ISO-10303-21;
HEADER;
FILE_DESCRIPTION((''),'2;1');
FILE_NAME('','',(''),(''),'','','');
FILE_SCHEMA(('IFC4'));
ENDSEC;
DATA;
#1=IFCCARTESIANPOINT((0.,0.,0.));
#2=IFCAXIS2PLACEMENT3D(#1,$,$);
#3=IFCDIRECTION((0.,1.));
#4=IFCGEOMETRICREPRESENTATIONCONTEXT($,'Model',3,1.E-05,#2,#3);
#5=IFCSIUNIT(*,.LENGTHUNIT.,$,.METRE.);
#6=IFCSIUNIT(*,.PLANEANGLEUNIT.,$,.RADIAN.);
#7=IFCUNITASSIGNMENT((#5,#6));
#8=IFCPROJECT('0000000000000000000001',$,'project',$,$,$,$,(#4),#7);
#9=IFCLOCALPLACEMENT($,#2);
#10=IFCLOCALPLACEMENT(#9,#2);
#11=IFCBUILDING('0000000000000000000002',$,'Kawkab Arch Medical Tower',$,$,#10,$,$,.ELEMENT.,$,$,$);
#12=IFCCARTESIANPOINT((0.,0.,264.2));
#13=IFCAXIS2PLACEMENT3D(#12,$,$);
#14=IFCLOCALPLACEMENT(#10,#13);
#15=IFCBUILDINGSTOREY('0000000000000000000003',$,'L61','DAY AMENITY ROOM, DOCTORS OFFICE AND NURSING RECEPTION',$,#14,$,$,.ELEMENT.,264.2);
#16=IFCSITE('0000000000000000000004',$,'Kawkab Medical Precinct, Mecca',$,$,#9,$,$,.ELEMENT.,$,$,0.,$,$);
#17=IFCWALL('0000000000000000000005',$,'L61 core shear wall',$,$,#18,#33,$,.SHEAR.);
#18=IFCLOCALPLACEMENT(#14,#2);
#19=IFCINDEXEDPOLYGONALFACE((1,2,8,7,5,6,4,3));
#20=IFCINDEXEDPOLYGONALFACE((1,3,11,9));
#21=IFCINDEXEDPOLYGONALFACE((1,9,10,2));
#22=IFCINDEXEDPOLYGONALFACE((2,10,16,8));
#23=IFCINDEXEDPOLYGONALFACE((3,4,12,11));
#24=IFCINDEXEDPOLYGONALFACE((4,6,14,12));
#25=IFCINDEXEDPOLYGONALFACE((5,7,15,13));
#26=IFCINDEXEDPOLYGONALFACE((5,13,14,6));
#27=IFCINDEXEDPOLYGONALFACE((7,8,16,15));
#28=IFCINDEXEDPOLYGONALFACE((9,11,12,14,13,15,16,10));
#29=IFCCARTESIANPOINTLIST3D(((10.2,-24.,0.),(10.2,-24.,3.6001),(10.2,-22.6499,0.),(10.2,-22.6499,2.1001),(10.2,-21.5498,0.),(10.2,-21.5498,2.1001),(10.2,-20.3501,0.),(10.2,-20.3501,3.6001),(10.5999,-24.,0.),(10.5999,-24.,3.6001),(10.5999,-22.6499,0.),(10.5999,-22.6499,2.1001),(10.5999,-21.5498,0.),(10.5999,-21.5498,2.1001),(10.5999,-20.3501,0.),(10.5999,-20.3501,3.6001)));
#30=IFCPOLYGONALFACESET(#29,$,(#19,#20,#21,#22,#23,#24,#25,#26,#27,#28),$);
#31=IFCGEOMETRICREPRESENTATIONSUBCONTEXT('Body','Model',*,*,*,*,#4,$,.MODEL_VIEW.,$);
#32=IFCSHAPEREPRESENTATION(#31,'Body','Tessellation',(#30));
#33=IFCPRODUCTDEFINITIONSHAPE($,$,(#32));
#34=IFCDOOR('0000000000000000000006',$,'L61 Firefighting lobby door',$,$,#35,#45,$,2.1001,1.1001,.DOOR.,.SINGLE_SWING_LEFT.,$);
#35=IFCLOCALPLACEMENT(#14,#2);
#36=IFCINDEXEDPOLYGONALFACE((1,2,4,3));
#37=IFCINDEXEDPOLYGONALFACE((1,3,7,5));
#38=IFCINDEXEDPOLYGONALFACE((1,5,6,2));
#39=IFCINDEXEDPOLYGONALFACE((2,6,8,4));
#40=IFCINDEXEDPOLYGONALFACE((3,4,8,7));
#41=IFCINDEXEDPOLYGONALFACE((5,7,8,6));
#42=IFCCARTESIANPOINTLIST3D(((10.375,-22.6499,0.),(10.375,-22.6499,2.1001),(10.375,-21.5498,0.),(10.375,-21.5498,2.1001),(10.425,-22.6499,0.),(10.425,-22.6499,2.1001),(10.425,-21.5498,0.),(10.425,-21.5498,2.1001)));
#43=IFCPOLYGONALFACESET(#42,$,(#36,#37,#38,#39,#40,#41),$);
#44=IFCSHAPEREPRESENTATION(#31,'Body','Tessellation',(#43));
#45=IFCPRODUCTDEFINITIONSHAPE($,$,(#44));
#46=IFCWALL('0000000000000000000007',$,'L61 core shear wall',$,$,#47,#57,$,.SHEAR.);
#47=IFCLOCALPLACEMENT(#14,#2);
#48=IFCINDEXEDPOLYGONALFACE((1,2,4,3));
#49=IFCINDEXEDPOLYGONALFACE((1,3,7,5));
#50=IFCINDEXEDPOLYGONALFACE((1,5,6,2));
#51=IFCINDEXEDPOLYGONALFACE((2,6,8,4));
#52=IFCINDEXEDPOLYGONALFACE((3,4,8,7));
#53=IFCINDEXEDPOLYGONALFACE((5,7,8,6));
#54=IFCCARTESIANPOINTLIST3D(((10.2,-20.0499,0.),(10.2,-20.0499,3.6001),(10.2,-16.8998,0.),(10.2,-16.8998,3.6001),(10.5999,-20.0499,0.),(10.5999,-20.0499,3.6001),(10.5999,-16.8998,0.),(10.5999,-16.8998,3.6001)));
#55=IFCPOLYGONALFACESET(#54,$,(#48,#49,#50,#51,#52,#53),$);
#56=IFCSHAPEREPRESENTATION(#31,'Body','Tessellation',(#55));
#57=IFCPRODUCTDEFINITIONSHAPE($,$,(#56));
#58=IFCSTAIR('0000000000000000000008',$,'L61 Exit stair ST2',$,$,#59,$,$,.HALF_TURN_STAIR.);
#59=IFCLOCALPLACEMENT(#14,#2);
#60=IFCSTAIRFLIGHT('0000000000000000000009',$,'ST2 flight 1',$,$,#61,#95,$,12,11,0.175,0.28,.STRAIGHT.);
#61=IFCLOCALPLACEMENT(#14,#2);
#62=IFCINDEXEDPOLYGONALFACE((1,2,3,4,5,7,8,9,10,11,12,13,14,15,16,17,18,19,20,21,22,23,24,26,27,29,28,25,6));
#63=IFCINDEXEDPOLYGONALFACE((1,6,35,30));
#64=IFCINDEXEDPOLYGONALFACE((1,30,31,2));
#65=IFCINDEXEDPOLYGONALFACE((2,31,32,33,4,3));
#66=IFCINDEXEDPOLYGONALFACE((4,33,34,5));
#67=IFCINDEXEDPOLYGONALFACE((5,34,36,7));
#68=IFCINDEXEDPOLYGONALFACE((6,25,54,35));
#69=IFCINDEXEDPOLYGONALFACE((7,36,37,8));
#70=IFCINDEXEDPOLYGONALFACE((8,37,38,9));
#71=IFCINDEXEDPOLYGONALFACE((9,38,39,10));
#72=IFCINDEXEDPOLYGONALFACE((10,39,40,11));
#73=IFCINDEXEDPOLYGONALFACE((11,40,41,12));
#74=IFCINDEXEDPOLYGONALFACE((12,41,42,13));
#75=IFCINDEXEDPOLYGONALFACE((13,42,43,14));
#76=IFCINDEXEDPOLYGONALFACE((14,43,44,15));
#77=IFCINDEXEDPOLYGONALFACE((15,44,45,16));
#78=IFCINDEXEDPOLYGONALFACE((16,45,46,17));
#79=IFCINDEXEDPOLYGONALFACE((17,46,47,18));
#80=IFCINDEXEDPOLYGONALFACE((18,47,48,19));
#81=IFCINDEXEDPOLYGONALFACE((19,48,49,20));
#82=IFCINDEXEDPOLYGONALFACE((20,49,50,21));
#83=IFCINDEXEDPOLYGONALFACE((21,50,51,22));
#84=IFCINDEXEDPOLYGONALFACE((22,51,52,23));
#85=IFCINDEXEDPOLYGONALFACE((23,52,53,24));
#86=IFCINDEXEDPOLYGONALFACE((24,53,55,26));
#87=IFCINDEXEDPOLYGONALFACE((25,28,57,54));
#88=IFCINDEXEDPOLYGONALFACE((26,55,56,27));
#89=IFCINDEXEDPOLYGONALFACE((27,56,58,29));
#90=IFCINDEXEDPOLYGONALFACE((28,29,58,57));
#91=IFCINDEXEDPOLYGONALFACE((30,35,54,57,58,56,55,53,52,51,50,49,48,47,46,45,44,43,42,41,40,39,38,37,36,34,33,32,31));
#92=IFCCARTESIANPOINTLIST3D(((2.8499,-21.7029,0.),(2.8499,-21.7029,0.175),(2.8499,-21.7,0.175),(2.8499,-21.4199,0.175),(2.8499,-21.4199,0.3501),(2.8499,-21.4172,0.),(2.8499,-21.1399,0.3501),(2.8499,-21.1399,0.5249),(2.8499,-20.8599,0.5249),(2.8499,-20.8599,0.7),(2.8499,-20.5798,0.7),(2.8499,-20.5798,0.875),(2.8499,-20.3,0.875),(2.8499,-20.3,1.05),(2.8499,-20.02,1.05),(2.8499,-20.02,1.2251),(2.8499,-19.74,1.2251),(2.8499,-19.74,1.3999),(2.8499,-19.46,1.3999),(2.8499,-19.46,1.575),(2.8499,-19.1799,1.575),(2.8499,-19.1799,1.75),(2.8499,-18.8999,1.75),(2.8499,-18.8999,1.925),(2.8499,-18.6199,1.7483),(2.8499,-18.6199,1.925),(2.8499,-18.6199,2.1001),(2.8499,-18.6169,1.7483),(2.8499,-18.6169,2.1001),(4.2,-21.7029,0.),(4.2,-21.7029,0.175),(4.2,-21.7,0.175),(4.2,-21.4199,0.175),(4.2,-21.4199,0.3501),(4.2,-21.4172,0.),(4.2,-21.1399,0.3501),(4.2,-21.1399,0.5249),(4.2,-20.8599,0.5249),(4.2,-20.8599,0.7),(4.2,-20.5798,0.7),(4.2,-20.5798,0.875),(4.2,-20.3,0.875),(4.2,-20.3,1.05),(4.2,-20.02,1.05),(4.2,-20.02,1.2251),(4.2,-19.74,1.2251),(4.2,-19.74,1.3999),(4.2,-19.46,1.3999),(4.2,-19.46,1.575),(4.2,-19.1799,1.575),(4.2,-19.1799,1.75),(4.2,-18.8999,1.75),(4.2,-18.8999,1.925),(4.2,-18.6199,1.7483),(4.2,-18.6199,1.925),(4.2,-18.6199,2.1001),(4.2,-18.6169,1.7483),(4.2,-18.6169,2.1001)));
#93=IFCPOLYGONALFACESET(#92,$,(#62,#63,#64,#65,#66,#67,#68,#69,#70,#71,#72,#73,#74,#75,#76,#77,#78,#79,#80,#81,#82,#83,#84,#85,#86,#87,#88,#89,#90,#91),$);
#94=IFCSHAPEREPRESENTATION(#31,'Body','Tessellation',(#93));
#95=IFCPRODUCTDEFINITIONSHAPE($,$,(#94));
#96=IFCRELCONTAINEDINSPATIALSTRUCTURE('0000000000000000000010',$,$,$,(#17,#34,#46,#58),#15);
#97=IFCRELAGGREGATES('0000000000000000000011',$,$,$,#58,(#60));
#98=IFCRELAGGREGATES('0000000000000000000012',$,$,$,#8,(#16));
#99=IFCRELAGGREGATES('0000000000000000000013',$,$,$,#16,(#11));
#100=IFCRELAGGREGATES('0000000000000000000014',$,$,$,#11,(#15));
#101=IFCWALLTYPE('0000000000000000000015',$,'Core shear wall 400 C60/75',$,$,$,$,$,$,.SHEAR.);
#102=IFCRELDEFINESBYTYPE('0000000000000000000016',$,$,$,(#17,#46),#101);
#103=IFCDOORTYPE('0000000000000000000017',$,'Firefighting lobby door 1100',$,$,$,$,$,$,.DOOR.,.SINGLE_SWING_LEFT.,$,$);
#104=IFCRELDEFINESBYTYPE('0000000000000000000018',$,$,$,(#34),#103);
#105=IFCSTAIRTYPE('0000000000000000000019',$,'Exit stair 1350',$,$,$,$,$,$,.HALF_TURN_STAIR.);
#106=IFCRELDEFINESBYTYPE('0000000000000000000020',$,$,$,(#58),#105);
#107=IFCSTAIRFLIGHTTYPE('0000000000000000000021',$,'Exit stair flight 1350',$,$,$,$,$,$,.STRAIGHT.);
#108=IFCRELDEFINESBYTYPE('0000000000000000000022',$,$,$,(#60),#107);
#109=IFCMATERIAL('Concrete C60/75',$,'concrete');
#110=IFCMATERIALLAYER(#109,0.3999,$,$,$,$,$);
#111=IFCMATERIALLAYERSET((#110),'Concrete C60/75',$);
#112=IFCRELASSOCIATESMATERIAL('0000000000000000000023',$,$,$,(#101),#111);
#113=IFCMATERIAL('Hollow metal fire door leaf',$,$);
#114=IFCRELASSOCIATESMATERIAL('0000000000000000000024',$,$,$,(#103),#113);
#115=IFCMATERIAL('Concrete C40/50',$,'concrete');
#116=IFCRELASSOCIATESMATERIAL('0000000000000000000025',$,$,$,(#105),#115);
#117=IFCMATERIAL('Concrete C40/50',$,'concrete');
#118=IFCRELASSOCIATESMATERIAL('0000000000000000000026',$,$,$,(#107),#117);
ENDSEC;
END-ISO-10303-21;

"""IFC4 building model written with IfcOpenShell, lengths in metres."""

from ifc_helpers import new_model, si_unit, direction, frame, frame_2d, origin, place, context, subcontext, project, spatial, polyline, rectangle, outline, extrude, material, layer, layer_set, type_object, element, fill, aggregate, save


model = new_model("IFC4")

# Units and contexts
model_context = context("Model", 3, precision=1e-05, world=origin(), true_north=direction((0.0, 1.0)))
body_context = subcontext(model_context, "Body", "Model", "MODEL_VIEW")
ifc_project = project(units=[si_unit("LENGTHUNIT", "METRE"), si_unit("PLANEANGLEUNIT", "RADIAN")], contexts=[model_context])

# Site, building, storey
site_placement = place(None, origin())
site = spatial("IfcSite", under=ifc_project, at=site_placement, Name="Kawkab Medical Precinct, Mecca", CompositionType="ELEMENT", RefElevation=0.0)
building_placement = place(site_placement, origin())
building = spatial("IfcBuilding", under=site, at=building_placement, Name="Kawkab Arch Medical Tower", CompositionType="ELEMENT")
storey_placement = place(building_placement, frame((0.0, 0.0, 264.2)))
storey = spatial("IfcBuildingStorey", under=building, at=storey_placement, Name="L61", Description="DAY AMENITY ROOM, DOCTORS OFFICE AND NURSING RECEPTION", CompositionType="ELEMENT", Elevation=264.2)

# Wall, opening, door
ifc_material_1 = material(Name="Concrete C60/75", Category="concrete")
ifc_layer_1 = layer(ifc_material_1, 0.3999)
ifc_layer_set_1 = layer_set([ifc_layer_1], Name="Concrete C60/75")
wall_type_1 = type_object("IfcWallType", Name="Core shear wall 400 C60/75", PredefinedType="SHEAR", material=ifc_layer_set_1)
wall_1_placement = place(storey_placement, frame((10.3999, -24.0, 0.0), z_axis=(0.0, 0.0, 1.0), x_axis=(0.0, 1.0, 0.0)))
wall_1 = element("IfcWall", 1, at=wall_1_placement, inside=storey, type_object=wall_type_1, Name="L61 core shear wall", PredefinedType="SHEAR", context=body_context, shape_type="SweptSolid", body=[
    extrude(rectangle(XDim=3.6499, YDim=0.3999, at=frame_2d((1.825, 0.0))), origin(), (0.0, 0.0, 1.0), 3.6001),
])
opening_1_placement = place(wall_1_placement, frame((1.3501, 0.0, 0.0)))
opening_1 = element("IfcOpeningElement", 2, at=opening_1_placement, cuts=wall_1, PredefinedType="OPENING", context=body_context, shape_type="SweptSolid", body=[
    extrude(rectangle(XDim=1.1001, YDim=2.1001, at=frame_2d((0.55, 1.05))), frame((0.0, 0.21, 0.0), z_axis=(0.0, -1.0, 0.0), x_axis=(1.0, 0.0, 0.0)), (0.0, 0.0, 1.0), 0.4199),
])
ifc_material_2 = material(Name="Hollow metal fire door leaf")
door_type_1 = type_object("IfcDoorType", Name="Firefighting lobby door 1100", OperationType="SINGLE_SWING_LEFT", PredefinedType="DOOR", material=ifc_material_2)
door_1_placement = place(opening_1_placement, origin())
door_1 = element("IfcDoor", 3, at=door_1_placement, inside=storey, type_object=door_type_1, Name="L61 Firefighting lobby door", OperationType="SINGLE_SWING_LEFT", OverallHeight=2.1001, OverallWidth=1.1001, PredefinedType="DOOR", context=body_context, shape_type="SweptSolid", body=[
    extrude(rectangle(XDim=1.1001, YDim=2.1001, at=frame_2d((0.55, 1.05))), frame((0.0, 0.0249, 0.0), z_axis=(0.0, -1.0, 0.0), x_axis=(1.0, 0.0, 0.0)), (0.0, 0.0, 1.0), 0.05),
])
fill(opening_1, door_1)

# Wall
wall_2_placement = place(storey_placement, frame((10.3999, -20.05, 0.0), z_axis=(0.0, 0.0, 1.0), x_axis=(0.0, 1.0, 0.0)))
element("IfcWall", 4, at=wall_2_placement, inside=storey, type_object=wall_type_1, Name="L61 core shear wall", PredefinedType="SHEAR", context=body_context, shape_type="SweptSolid", body=[
    extrude(rectangle(XDim=3.1501, YDim=0.3999, at=frame_2d((1.5752, 0.0))), origin(), (0.0, 0.0, 1.0), 3.6001),
])

# Stair, stair flight
ifc_material_3 = material(Name="Concrete C40/50", Category="concrete")
stair_type = type_object("IfcStairType", Name="Exit stair 1350", PredefinedType="HALF_TURN_STAIR", material=ifc_material_3)
stair_placement = place(storey_placement, origin())
stair = element("IfcStair", 5, at=stair_placement, inside=storey, type_object=stair_type, Name="L61 Exit stair ST2", PredefinedType="HALF_TURN_STAIR")
ifc_material_4 = material(Name="Concrete C40/50", Category="concrete")
stair_flight_type = type_object("IfcStairFlightType", Name="Exit stair flight 1350", PredefinedType="STRAIGHT", material=ifc_material_4)
stair_flight_placement = place(storey_placement, frame((3.5249, -21.7, 0.0), z_axis=(0.0, 0.0, 1.0), x_axis=(0.0, 1.0, 0.0)))
stair_flight = element("IfcStairFlight", 6, at=stair_flight_placement, type_object=stair_flight_type, Name="ST2 flight 1", NumberOfRisers=12, NumberOfTreads=11, PredefinedType="STRAIGHT", RiserHeight=0.175, TreadLength=0.28, context=body_context, shape_type="SweptSolid", body=[
    extrude(outline(polyline([(-0.0029, 0.0), (-0.0029, 0.175), (0.0, 0.175), (0.28, 0.175), (0.28, 0.3501), (0.5601, 0.3501), (0.5601, 0.5249), (0.8401, 0.5249), (0.8401, 0.7), (1.1201, 0.7), (1.1201, 0.875), (1.3999, 0.875), (1.3999, 1.05), (1.6799, 1.05), (1.6799, 1.2251), (1.96, 1.2251), (1.96, 1.3999), (2.24, 1.3999), (2.24, 1.575), (2.52, 1.575), (2.52, 1.75), (2.8, 1.75), (2.8, 1.925), (3.0801, 1.925), (3.0801, 2.1001), (3.083, 2.1001), (3.083, 1.7483), (3.0801, 1.7483), (0.2827, 0.0), (-0.0029, 0.0)])), frame((0.0, 0.675, 0.0), z_axis=(0.0, -1.0, 0.0), x_axis=(1.0, 0.0, 0.0)), (0.0, 0.0, 1.0), 1.3501),
])
aggregate(stair, [stair_flight])

save(model, "model.ifc")
